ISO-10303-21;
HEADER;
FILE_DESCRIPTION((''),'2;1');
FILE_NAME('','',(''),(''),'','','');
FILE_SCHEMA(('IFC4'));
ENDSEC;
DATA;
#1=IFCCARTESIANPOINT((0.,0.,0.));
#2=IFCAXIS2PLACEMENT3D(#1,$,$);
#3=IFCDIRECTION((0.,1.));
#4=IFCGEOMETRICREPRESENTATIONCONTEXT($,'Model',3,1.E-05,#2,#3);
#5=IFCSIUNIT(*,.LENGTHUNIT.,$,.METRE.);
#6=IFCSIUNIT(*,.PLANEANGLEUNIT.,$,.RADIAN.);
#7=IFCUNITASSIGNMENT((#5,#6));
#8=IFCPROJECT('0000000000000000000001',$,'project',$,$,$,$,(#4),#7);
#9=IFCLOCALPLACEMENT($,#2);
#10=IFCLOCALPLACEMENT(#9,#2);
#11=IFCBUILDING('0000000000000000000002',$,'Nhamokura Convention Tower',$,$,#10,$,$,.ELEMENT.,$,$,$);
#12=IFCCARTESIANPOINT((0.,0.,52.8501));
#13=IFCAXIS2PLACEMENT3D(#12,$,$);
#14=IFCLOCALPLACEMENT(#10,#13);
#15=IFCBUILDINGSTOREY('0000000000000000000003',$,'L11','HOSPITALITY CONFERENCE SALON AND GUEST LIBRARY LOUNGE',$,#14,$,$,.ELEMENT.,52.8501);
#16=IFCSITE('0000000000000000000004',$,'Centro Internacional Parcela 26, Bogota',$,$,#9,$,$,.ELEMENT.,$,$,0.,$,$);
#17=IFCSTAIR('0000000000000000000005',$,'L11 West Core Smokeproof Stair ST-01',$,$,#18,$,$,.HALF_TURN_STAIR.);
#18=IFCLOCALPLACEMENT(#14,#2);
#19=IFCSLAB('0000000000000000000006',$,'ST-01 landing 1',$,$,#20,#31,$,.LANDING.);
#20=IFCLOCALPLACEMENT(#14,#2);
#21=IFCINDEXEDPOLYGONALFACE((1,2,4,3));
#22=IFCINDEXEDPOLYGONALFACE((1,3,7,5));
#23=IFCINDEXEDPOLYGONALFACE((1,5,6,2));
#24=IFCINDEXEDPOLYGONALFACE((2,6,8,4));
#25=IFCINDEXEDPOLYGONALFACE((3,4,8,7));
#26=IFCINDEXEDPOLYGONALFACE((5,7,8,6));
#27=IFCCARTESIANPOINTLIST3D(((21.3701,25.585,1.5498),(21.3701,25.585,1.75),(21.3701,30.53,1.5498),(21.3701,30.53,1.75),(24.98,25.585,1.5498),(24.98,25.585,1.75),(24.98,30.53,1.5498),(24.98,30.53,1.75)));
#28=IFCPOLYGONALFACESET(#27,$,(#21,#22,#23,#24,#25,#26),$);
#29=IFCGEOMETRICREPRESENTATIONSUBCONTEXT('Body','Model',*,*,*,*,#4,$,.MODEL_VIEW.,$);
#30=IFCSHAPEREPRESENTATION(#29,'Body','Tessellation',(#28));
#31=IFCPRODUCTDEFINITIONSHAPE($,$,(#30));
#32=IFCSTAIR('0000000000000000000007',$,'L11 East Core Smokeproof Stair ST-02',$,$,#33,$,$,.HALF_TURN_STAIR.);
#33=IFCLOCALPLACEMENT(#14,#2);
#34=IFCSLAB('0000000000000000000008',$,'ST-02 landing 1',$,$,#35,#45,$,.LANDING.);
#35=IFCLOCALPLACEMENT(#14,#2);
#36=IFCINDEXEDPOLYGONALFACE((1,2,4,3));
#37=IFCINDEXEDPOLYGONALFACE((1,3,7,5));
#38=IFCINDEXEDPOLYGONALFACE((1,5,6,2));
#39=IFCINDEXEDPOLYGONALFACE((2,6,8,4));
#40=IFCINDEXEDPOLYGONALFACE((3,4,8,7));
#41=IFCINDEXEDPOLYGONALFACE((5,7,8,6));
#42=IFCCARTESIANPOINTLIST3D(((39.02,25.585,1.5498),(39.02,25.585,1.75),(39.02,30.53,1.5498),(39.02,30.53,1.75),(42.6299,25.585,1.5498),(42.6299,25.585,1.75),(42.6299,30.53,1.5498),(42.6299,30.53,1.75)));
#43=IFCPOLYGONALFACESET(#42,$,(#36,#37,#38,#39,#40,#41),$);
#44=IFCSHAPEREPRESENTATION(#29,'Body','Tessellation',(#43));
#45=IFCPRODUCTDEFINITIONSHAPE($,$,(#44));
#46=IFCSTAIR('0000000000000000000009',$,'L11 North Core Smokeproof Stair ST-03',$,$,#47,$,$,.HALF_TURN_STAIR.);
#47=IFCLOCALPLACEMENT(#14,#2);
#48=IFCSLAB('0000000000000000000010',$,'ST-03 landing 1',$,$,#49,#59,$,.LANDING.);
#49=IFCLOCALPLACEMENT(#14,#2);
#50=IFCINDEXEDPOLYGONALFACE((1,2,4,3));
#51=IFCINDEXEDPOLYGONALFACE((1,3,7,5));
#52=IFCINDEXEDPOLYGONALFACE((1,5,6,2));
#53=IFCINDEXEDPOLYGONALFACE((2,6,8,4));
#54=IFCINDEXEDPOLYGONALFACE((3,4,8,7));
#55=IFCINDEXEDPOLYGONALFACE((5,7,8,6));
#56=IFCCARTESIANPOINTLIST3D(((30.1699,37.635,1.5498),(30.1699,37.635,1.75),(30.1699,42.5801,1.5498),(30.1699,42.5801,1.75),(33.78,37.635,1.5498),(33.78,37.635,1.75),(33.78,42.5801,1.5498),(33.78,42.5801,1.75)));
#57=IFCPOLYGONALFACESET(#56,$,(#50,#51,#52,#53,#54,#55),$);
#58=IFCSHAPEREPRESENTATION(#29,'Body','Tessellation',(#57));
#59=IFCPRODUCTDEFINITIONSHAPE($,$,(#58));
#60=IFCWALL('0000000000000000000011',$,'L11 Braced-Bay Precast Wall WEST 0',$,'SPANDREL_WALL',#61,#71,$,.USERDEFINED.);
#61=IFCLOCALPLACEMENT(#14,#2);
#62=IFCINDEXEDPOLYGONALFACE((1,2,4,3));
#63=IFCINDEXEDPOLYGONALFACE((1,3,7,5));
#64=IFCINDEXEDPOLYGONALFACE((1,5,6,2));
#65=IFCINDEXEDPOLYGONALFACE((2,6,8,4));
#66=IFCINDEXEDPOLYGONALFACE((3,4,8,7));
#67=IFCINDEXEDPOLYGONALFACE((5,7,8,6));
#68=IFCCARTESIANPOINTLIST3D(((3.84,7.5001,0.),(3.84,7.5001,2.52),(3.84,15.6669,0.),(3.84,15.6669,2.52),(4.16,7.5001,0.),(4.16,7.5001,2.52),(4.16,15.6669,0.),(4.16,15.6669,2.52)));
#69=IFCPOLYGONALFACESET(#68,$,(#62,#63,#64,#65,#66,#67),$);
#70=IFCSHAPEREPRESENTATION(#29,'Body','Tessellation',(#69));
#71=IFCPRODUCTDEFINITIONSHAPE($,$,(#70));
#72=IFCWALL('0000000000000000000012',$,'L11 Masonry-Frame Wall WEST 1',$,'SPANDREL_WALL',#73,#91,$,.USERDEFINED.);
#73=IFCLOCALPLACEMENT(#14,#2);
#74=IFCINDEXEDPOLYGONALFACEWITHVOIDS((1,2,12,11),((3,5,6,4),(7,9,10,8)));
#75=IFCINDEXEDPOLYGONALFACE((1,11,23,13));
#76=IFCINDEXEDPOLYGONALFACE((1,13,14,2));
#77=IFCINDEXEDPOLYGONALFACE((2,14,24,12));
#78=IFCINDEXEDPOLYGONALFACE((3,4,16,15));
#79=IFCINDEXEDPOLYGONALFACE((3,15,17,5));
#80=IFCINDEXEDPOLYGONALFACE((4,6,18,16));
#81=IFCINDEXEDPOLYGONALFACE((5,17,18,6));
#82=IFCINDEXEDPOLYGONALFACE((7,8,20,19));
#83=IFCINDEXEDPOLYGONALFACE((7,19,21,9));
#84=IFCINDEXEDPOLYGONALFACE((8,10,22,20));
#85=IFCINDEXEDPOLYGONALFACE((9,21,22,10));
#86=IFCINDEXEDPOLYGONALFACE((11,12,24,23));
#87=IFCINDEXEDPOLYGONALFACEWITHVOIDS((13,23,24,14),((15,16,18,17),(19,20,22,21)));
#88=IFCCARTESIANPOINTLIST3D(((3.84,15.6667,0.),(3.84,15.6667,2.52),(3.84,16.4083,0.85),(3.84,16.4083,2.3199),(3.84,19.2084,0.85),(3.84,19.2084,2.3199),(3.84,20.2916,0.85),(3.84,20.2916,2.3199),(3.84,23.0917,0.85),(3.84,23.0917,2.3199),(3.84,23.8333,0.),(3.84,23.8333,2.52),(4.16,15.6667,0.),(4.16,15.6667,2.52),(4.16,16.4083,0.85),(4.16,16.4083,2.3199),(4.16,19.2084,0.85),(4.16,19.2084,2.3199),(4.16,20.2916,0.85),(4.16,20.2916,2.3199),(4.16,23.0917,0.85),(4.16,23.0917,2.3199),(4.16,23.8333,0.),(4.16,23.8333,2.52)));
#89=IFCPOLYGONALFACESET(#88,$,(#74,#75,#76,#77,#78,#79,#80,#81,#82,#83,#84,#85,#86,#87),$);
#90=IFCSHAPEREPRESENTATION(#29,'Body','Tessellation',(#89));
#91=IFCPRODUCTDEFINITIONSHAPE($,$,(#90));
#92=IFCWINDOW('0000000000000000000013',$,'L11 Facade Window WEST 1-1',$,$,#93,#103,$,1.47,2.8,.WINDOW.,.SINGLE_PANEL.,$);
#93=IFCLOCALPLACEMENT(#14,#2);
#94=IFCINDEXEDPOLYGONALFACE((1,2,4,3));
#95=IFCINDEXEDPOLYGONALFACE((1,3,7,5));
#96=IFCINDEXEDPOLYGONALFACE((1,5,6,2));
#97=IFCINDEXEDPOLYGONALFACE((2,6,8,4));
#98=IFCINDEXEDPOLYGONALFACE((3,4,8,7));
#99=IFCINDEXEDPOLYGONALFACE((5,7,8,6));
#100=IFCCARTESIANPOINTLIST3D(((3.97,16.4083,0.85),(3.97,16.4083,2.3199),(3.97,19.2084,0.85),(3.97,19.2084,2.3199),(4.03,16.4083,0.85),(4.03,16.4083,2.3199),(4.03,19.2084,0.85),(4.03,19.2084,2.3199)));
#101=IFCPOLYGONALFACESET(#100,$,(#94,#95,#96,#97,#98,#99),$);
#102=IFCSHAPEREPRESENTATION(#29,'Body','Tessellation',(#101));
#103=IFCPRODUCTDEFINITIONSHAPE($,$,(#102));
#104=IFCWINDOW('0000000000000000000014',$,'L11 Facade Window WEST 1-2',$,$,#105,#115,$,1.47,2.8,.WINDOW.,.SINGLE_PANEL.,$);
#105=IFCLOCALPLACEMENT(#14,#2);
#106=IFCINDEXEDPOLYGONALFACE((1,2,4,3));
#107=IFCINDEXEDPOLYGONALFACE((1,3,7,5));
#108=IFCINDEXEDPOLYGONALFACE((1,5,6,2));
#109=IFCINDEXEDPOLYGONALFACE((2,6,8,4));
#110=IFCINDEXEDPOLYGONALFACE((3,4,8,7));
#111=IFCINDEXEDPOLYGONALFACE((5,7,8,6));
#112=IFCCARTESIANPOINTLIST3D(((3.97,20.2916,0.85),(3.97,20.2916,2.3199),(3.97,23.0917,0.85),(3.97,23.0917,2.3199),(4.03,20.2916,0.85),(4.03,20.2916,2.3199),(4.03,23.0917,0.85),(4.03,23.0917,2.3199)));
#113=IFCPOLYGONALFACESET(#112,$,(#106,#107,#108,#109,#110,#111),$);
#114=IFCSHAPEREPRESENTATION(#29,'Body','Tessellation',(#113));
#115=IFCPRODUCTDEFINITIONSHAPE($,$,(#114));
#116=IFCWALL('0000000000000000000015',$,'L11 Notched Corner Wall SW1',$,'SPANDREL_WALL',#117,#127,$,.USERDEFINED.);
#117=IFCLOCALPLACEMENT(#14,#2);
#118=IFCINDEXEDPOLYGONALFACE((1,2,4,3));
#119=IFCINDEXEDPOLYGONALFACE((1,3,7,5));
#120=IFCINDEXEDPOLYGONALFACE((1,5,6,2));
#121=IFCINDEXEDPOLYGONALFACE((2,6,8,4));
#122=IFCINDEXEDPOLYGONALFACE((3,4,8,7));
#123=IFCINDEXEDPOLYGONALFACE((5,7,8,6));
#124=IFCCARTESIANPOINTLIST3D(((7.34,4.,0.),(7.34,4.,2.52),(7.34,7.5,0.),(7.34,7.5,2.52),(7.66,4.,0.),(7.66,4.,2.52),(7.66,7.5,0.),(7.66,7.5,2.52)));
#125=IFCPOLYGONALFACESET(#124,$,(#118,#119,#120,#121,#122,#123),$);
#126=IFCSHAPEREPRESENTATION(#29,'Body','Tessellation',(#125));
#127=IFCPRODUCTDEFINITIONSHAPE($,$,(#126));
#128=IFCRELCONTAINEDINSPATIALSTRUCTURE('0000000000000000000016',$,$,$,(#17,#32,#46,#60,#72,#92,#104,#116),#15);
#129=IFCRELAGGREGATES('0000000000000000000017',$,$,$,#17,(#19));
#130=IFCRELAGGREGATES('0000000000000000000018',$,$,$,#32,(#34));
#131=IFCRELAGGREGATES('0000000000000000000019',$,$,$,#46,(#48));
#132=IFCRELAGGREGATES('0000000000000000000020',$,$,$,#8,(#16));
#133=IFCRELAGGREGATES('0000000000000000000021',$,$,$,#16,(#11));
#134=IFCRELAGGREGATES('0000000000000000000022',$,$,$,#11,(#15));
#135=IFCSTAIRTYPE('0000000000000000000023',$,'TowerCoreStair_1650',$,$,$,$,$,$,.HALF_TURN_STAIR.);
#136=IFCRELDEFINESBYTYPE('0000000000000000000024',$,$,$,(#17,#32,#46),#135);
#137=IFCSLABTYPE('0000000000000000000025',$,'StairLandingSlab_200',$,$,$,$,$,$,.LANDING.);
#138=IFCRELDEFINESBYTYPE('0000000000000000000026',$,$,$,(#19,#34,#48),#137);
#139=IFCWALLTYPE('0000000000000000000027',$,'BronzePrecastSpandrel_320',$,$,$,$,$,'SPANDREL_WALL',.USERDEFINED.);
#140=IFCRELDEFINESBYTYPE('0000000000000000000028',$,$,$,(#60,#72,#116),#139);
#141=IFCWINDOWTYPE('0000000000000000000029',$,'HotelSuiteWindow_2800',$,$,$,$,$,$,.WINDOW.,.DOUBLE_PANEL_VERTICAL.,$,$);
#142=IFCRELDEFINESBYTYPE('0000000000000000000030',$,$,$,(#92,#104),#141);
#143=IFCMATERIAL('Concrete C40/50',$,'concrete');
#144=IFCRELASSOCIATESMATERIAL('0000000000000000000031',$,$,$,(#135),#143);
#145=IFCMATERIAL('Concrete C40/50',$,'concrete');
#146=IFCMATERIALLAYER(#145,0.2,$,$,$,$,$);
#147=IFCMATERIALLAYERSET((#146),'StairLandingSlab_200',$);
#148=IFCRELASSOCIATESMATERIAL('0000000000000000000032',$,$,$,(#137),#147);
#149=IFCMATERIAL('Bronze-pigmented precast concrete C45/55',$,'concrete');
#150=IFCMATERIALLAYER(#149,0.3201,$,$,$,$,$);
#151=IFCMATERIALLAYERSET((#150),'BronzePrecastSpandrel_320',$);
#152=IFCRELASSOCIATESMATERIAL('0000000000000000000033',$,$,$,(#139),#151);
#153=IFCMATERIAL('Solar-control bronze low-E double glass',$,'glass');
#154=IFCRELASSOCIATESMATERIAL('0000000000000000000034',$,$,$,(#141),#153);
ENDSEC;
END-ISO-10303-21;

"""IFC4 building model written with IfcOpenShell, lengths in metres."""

from ifc_helpers import new_model, si_unit, direction, frame, frame_2d, origin, place, context, subcontext, project, spatial, polyline, rectangle, outline, extrude, material, layer, layer_set, type_object, element, fill, aggregate, save


model = new_model("IFC4")

# Units and contexts
model_context = context("Model", 3, precision=1e-05, world=origin(), true_north=direction((0.0, 1.0)))
body_context = subcontext(model_context, "Body", "Model", "MODEL_VIEW")
ifc_project = project(units=[si_unit("LENGTHUNIT", "METRE"), si_unit("PLANEANGLEUNIT", "RADIAN")], contexts=[model_context])

# Site, building, storey
site_placement = place(None, origin())
site = spatial("IfcSite", under=ifc_project, at=site_placement, Name="Centro Internacional Parcela 26, Bogota", CompositionType="ELEMENT", RefElevation=0.0)
building_placement = place(site_placement, origin())
building = spatial("IfcBuilding", under=site, at=building_placement, Name="Nhamokura Convention Tower", CompositionType="ELEMENT")
storey_placement = place(building_placement, frame((0.0, 0.0, 52.8501)))
storey = spatial("IfcBuildingStorey", under=building, at=storey_placement, Name="L11", Description="HOSPITALITY CONFERENCE SALON AND GUEST LIBRARY LOUNGE", CompositionType="ELEMENT", Elevation=52.8501)

# Stairs, slabs
ifc_material_1 = material(Name="Concrete C40/50", Category="concrete")
stair_type = type_object("IfcStairType", Name="TowerCoreStair_1650", PredefinedType="HALF_TURN_STAIR", material=ifc_material_1)
stair_1_placement = place(storey_placement, origin())
stair_1 = element("IfcStair", 1, at=stair_1_placement, inside=storey, type_object=stair_type, Name="L11 West Core Smokeproof Stair ST-01", PredefinedType="HALF_TURN_STAIR")
ifc_material_2 = material(Name="Concrete C40/50", Category="concrete")
ifc_layer_1 = layer(ifc_material_2, 0.2)
ifc_layer_set_1 = layer_set([ifc_layer_1], Name="StairLandingSlab_200")
slab_type_1 = type_object("IfcSlabType", Name="StairLandingSlab_200", PredefinedType="LANDING", material=ifc_layer_set_1)
slab_1_placement = place(storey_placement, frame((0.0, 0.0, 1.5498)))
slab_1 = element("IfcSlab", 2, at=slab_1_placement, type_object=slab_type_1, Name="ST-01 landing 1", PredefinedType="LANDING", context=body_context, shape_type="SweptSolid", body=[
    extrude(outline(polyline([(24.98, 25.585), (24.98, 30.53), (21.3701, 30.53), (21.3701, 25.585), (24.98, 25.585)])), origin(), (0.0, 0.0, 1.0), 0.2002),
])
aggregate(stair_1, [slab_1])
stair_2_placement = place(storey_placement, origin())
stair_2 = element("IfcStair", 3, at=stair_2_placement, inside=storey, type_object=stair_type, Name="L11 East Core Smokeproof Stair ST-02", PredefinedType="HALF_TURN_STAIR")
slab_2_placement = place(storey_placement, frame((0.0, 0.0, 1.5498)))
slab_2 = element("IfcSlab", 4, at=slab_2_placement, type_object=slab_type_1, Name="ST-02 landing 1", PredefinedType="LANDING", context=body_context, shape_type="SweptSolid", body=[
    extrude(outline(polyline([(42.6299, 25.585), (42.6299, 30.53), (39.02, 30.53), (39.02, 25.585), (42.6299, 25.585)])), origin(), (0.0, 0.0, 1.0), 0.2002),
])
aggregate(stair_2, [slab_2])
stair_3_placement = place(storey_placement, origin())
stair_3 = element("IfcStair", 5, at=stair_3_placement, inside=storey, type_object=stair_type, Name="L11 North Core Smokeproof Stair ST-03", PredefinedType="HALF_TURN_STAIR")
slab_3_placement = place(storey_placement, frame((0.0, 0.0, 1.5498)))
slab_3 = element("IfcSlab", 6, at=slab_3_placement, type_object=slab_type_1, Name="ST-03 landing 1", PredefinedType="LANDING", context=body_context, shape_type="SweptSolid", body=[
    extrude(outline(polyline([(33.78, 37.635), (33.78, 42.5801), (30.1699, 42.5801), (30.1699, 37.635), (33.78, 37.635)])), origin(), (0.0, 0.0, 1.0), 0.2002),
])
aggregate(stair_3, [slab_3])

# Wall
ifc_material_3 = material(Name="Bronze-pigmented precast concrete C45/55", Category="concrete")
ifc_layer_2 = layer(ifc_material_3, 0.3201)
ifc_layer_set_2 = layer_set([ifc_layer_2], Name="BronzePrecastSpandrel_320")
wall_type = type_object("IfcWallType", Name="BronzePrecastSpandrel_320", ElementType="SPANDREL_WALL", PredefinedType="USERDEFINED", material=ifc_layer_set_2)
wall_1_placement = place(storey_placement, frame((4.0, 7.5, 0.0), z_axis=(0.0, 0.0, 1.0), x_axis=(0.0, 1.0, 0.0)))
element("IfcWall", 7, at=wall_1_placement, inside=storey, type_object=wall_type, Name="L11 Braced-Bay Precast Wall WEST 0", ObjectType="SPANDREL_WALL", PredefinedType="USERDEFINED", context=body_context, shape_type="SweptSolid", body=[
    extrude(rectangle(XDim=8.1667, YDim=0.3201, at=frame_2d((4.0835, 0.0))), origin(), (0.0, 0.0, 1.0), 2.52),
])

# Wall, openings, windows
wall_2_placement = place(storey_placement, frame((4.0, 15.6667, 0.0), z_axis=(0.0, 0.0, 1.0), x_axis=(0.0, 1.0, 0.0)))
wall_2 = element("IfcWall", 8, at=wall_2_placement, inside=storey, type_object=wall_type, Name="L11 Masonry-Frame Wall WEST 1", ObjectType="SPANDREL_WALL", PredefinedType="USERDEFINED", context=body_context, shape_type="SweptSolid", body=[
    extrude(rectangle(XDim=8.1665, YDim=0.3201, at=frame_2d((4.0833, 0.0))), origin(), (0.0, 0.0, 1.0), 2.52),
])
opening_1_placement = place(wall_2_placement, frame((0.7417, 0.0, 0.8501)))
opening_1 = element("IfcOpeningElement", 9, at=opening_1_placement, cuts=wall_2, PredefinedType="OPENING", context=body_context, shape_type="SweptSolid", body=[
    extrude(rectangle(XDim=2.8, YDim=1.47, at=frame_2d((1.3999, 0.7349))), frame((0.0, 0.1699, 0.0), z_axis=(0.0, -1.0, 0.0), x_axis=(1.0, 0.0, 0.0)), (0.0, 0.0, 1.0), 0.3401),
])
opening_2_placement = place(wall_2_placement, frame((4.625, 0.0, 0.8501)))
opening_2 = element("IfcOpeningElement", 10, at=opening_2_placement, cuts=wall_2, PredefinedType="OPENING", context=body_context, shape_type="SweptSolid", body=[
    extrude(rectangle(XDim=2.8, YDim=1.47, at=frame_2d((1.3999, 0.7349))), frame((0.0, 0.1699, 0.0), z_axis=(0.0, -1.0, 0.0), x_axis=(1.0, 0.0, 0.0)), (0.0, 0.0, 1.0), 0.3401),
])
ifc_material_4 = material(Name="Solar-control bronze low-E double glass", Category="glass")
window_type = type_object("IfcWindowType", Name="HotelSuiteWindow_2800", PartitioningType="DOUBLE_PANEL_VERTICAL", PredefinedType="WINDOW", material=ifc_material_4)
window_1_placement = place(opening_1_placement, origin())
window_1 = element("IfcWindow", 11, at=window_1_placement, inside=storey, type_object=window_type, Name="L11 Facade Window WEST 1-1", OverallHeight=1.47, OverallWidth=2.8, PartitioningType="SINGLE_PANEL", PredefinedType="WINDOW", context=body_context, shape_type="SweptSolid", body=[
    extrude(rectangle(XDim=2.8, YDim=1.47, at=frame_2d((1.3999, 0.7349))), frame((0.0, 0.03, 0.0), z_axis=(0.0, -1.0, 0.0), x_axis=(1.0, 0.0, 0.0)), (0.0, 0.0, 1.0), 0.0601),
])
fill(opening_1, window_1)
window_2_placement = place(opening_2_placement, origin())
window_2 = element("IfcWindow", 12, at=window_2_placement, inside=storey, type_object=window_type, Name="L11 Facade Window WEST 1-2", OverallHeight=1.47, OverallWidth=2.8, PartitioningType="SINGLE_PANEL", PredefinedType="WINDOW", context=body_context, shape_type="SweptSolid", body=[
    extrude(rectangle(XDim=2.8, YDim=1.47, at=frame_2d((1.3999, 0.7349))), frame((0.0, 0.03, 0.0), z_axis=(0.0, -1.0, 0.0), x_axis=(1.0, 0.0, 0.0)), (0.0, 0.0, 1.0), 0.0601),
])
fill(opening_2, window_2)

# Wall
wall_3_placement = place(storey_placement, frame((7.5, 4.0, 0.0), z_axis=(0.0, 0.0, 1.0), x_axis=(0.0, 1.0, 0.0)))
element("IfcWall", 13, at=wall_3_placement, inside=storey, type_object=wall_type, Name="L11 Notched Corner Wall SW1", ObjectType="SPANDREL_WALL", PredefinedType="USERDEFINED", context=body_context, shape_type="SweptSolid", body=[
    extrude(rectangle(XDim=3.5, YDim=0.3201, at=frame_2d((1.75, 0.0))), origin(), (0.0, 0.0, 1.0), 2.52),
])

save(model, "model.ifc")
